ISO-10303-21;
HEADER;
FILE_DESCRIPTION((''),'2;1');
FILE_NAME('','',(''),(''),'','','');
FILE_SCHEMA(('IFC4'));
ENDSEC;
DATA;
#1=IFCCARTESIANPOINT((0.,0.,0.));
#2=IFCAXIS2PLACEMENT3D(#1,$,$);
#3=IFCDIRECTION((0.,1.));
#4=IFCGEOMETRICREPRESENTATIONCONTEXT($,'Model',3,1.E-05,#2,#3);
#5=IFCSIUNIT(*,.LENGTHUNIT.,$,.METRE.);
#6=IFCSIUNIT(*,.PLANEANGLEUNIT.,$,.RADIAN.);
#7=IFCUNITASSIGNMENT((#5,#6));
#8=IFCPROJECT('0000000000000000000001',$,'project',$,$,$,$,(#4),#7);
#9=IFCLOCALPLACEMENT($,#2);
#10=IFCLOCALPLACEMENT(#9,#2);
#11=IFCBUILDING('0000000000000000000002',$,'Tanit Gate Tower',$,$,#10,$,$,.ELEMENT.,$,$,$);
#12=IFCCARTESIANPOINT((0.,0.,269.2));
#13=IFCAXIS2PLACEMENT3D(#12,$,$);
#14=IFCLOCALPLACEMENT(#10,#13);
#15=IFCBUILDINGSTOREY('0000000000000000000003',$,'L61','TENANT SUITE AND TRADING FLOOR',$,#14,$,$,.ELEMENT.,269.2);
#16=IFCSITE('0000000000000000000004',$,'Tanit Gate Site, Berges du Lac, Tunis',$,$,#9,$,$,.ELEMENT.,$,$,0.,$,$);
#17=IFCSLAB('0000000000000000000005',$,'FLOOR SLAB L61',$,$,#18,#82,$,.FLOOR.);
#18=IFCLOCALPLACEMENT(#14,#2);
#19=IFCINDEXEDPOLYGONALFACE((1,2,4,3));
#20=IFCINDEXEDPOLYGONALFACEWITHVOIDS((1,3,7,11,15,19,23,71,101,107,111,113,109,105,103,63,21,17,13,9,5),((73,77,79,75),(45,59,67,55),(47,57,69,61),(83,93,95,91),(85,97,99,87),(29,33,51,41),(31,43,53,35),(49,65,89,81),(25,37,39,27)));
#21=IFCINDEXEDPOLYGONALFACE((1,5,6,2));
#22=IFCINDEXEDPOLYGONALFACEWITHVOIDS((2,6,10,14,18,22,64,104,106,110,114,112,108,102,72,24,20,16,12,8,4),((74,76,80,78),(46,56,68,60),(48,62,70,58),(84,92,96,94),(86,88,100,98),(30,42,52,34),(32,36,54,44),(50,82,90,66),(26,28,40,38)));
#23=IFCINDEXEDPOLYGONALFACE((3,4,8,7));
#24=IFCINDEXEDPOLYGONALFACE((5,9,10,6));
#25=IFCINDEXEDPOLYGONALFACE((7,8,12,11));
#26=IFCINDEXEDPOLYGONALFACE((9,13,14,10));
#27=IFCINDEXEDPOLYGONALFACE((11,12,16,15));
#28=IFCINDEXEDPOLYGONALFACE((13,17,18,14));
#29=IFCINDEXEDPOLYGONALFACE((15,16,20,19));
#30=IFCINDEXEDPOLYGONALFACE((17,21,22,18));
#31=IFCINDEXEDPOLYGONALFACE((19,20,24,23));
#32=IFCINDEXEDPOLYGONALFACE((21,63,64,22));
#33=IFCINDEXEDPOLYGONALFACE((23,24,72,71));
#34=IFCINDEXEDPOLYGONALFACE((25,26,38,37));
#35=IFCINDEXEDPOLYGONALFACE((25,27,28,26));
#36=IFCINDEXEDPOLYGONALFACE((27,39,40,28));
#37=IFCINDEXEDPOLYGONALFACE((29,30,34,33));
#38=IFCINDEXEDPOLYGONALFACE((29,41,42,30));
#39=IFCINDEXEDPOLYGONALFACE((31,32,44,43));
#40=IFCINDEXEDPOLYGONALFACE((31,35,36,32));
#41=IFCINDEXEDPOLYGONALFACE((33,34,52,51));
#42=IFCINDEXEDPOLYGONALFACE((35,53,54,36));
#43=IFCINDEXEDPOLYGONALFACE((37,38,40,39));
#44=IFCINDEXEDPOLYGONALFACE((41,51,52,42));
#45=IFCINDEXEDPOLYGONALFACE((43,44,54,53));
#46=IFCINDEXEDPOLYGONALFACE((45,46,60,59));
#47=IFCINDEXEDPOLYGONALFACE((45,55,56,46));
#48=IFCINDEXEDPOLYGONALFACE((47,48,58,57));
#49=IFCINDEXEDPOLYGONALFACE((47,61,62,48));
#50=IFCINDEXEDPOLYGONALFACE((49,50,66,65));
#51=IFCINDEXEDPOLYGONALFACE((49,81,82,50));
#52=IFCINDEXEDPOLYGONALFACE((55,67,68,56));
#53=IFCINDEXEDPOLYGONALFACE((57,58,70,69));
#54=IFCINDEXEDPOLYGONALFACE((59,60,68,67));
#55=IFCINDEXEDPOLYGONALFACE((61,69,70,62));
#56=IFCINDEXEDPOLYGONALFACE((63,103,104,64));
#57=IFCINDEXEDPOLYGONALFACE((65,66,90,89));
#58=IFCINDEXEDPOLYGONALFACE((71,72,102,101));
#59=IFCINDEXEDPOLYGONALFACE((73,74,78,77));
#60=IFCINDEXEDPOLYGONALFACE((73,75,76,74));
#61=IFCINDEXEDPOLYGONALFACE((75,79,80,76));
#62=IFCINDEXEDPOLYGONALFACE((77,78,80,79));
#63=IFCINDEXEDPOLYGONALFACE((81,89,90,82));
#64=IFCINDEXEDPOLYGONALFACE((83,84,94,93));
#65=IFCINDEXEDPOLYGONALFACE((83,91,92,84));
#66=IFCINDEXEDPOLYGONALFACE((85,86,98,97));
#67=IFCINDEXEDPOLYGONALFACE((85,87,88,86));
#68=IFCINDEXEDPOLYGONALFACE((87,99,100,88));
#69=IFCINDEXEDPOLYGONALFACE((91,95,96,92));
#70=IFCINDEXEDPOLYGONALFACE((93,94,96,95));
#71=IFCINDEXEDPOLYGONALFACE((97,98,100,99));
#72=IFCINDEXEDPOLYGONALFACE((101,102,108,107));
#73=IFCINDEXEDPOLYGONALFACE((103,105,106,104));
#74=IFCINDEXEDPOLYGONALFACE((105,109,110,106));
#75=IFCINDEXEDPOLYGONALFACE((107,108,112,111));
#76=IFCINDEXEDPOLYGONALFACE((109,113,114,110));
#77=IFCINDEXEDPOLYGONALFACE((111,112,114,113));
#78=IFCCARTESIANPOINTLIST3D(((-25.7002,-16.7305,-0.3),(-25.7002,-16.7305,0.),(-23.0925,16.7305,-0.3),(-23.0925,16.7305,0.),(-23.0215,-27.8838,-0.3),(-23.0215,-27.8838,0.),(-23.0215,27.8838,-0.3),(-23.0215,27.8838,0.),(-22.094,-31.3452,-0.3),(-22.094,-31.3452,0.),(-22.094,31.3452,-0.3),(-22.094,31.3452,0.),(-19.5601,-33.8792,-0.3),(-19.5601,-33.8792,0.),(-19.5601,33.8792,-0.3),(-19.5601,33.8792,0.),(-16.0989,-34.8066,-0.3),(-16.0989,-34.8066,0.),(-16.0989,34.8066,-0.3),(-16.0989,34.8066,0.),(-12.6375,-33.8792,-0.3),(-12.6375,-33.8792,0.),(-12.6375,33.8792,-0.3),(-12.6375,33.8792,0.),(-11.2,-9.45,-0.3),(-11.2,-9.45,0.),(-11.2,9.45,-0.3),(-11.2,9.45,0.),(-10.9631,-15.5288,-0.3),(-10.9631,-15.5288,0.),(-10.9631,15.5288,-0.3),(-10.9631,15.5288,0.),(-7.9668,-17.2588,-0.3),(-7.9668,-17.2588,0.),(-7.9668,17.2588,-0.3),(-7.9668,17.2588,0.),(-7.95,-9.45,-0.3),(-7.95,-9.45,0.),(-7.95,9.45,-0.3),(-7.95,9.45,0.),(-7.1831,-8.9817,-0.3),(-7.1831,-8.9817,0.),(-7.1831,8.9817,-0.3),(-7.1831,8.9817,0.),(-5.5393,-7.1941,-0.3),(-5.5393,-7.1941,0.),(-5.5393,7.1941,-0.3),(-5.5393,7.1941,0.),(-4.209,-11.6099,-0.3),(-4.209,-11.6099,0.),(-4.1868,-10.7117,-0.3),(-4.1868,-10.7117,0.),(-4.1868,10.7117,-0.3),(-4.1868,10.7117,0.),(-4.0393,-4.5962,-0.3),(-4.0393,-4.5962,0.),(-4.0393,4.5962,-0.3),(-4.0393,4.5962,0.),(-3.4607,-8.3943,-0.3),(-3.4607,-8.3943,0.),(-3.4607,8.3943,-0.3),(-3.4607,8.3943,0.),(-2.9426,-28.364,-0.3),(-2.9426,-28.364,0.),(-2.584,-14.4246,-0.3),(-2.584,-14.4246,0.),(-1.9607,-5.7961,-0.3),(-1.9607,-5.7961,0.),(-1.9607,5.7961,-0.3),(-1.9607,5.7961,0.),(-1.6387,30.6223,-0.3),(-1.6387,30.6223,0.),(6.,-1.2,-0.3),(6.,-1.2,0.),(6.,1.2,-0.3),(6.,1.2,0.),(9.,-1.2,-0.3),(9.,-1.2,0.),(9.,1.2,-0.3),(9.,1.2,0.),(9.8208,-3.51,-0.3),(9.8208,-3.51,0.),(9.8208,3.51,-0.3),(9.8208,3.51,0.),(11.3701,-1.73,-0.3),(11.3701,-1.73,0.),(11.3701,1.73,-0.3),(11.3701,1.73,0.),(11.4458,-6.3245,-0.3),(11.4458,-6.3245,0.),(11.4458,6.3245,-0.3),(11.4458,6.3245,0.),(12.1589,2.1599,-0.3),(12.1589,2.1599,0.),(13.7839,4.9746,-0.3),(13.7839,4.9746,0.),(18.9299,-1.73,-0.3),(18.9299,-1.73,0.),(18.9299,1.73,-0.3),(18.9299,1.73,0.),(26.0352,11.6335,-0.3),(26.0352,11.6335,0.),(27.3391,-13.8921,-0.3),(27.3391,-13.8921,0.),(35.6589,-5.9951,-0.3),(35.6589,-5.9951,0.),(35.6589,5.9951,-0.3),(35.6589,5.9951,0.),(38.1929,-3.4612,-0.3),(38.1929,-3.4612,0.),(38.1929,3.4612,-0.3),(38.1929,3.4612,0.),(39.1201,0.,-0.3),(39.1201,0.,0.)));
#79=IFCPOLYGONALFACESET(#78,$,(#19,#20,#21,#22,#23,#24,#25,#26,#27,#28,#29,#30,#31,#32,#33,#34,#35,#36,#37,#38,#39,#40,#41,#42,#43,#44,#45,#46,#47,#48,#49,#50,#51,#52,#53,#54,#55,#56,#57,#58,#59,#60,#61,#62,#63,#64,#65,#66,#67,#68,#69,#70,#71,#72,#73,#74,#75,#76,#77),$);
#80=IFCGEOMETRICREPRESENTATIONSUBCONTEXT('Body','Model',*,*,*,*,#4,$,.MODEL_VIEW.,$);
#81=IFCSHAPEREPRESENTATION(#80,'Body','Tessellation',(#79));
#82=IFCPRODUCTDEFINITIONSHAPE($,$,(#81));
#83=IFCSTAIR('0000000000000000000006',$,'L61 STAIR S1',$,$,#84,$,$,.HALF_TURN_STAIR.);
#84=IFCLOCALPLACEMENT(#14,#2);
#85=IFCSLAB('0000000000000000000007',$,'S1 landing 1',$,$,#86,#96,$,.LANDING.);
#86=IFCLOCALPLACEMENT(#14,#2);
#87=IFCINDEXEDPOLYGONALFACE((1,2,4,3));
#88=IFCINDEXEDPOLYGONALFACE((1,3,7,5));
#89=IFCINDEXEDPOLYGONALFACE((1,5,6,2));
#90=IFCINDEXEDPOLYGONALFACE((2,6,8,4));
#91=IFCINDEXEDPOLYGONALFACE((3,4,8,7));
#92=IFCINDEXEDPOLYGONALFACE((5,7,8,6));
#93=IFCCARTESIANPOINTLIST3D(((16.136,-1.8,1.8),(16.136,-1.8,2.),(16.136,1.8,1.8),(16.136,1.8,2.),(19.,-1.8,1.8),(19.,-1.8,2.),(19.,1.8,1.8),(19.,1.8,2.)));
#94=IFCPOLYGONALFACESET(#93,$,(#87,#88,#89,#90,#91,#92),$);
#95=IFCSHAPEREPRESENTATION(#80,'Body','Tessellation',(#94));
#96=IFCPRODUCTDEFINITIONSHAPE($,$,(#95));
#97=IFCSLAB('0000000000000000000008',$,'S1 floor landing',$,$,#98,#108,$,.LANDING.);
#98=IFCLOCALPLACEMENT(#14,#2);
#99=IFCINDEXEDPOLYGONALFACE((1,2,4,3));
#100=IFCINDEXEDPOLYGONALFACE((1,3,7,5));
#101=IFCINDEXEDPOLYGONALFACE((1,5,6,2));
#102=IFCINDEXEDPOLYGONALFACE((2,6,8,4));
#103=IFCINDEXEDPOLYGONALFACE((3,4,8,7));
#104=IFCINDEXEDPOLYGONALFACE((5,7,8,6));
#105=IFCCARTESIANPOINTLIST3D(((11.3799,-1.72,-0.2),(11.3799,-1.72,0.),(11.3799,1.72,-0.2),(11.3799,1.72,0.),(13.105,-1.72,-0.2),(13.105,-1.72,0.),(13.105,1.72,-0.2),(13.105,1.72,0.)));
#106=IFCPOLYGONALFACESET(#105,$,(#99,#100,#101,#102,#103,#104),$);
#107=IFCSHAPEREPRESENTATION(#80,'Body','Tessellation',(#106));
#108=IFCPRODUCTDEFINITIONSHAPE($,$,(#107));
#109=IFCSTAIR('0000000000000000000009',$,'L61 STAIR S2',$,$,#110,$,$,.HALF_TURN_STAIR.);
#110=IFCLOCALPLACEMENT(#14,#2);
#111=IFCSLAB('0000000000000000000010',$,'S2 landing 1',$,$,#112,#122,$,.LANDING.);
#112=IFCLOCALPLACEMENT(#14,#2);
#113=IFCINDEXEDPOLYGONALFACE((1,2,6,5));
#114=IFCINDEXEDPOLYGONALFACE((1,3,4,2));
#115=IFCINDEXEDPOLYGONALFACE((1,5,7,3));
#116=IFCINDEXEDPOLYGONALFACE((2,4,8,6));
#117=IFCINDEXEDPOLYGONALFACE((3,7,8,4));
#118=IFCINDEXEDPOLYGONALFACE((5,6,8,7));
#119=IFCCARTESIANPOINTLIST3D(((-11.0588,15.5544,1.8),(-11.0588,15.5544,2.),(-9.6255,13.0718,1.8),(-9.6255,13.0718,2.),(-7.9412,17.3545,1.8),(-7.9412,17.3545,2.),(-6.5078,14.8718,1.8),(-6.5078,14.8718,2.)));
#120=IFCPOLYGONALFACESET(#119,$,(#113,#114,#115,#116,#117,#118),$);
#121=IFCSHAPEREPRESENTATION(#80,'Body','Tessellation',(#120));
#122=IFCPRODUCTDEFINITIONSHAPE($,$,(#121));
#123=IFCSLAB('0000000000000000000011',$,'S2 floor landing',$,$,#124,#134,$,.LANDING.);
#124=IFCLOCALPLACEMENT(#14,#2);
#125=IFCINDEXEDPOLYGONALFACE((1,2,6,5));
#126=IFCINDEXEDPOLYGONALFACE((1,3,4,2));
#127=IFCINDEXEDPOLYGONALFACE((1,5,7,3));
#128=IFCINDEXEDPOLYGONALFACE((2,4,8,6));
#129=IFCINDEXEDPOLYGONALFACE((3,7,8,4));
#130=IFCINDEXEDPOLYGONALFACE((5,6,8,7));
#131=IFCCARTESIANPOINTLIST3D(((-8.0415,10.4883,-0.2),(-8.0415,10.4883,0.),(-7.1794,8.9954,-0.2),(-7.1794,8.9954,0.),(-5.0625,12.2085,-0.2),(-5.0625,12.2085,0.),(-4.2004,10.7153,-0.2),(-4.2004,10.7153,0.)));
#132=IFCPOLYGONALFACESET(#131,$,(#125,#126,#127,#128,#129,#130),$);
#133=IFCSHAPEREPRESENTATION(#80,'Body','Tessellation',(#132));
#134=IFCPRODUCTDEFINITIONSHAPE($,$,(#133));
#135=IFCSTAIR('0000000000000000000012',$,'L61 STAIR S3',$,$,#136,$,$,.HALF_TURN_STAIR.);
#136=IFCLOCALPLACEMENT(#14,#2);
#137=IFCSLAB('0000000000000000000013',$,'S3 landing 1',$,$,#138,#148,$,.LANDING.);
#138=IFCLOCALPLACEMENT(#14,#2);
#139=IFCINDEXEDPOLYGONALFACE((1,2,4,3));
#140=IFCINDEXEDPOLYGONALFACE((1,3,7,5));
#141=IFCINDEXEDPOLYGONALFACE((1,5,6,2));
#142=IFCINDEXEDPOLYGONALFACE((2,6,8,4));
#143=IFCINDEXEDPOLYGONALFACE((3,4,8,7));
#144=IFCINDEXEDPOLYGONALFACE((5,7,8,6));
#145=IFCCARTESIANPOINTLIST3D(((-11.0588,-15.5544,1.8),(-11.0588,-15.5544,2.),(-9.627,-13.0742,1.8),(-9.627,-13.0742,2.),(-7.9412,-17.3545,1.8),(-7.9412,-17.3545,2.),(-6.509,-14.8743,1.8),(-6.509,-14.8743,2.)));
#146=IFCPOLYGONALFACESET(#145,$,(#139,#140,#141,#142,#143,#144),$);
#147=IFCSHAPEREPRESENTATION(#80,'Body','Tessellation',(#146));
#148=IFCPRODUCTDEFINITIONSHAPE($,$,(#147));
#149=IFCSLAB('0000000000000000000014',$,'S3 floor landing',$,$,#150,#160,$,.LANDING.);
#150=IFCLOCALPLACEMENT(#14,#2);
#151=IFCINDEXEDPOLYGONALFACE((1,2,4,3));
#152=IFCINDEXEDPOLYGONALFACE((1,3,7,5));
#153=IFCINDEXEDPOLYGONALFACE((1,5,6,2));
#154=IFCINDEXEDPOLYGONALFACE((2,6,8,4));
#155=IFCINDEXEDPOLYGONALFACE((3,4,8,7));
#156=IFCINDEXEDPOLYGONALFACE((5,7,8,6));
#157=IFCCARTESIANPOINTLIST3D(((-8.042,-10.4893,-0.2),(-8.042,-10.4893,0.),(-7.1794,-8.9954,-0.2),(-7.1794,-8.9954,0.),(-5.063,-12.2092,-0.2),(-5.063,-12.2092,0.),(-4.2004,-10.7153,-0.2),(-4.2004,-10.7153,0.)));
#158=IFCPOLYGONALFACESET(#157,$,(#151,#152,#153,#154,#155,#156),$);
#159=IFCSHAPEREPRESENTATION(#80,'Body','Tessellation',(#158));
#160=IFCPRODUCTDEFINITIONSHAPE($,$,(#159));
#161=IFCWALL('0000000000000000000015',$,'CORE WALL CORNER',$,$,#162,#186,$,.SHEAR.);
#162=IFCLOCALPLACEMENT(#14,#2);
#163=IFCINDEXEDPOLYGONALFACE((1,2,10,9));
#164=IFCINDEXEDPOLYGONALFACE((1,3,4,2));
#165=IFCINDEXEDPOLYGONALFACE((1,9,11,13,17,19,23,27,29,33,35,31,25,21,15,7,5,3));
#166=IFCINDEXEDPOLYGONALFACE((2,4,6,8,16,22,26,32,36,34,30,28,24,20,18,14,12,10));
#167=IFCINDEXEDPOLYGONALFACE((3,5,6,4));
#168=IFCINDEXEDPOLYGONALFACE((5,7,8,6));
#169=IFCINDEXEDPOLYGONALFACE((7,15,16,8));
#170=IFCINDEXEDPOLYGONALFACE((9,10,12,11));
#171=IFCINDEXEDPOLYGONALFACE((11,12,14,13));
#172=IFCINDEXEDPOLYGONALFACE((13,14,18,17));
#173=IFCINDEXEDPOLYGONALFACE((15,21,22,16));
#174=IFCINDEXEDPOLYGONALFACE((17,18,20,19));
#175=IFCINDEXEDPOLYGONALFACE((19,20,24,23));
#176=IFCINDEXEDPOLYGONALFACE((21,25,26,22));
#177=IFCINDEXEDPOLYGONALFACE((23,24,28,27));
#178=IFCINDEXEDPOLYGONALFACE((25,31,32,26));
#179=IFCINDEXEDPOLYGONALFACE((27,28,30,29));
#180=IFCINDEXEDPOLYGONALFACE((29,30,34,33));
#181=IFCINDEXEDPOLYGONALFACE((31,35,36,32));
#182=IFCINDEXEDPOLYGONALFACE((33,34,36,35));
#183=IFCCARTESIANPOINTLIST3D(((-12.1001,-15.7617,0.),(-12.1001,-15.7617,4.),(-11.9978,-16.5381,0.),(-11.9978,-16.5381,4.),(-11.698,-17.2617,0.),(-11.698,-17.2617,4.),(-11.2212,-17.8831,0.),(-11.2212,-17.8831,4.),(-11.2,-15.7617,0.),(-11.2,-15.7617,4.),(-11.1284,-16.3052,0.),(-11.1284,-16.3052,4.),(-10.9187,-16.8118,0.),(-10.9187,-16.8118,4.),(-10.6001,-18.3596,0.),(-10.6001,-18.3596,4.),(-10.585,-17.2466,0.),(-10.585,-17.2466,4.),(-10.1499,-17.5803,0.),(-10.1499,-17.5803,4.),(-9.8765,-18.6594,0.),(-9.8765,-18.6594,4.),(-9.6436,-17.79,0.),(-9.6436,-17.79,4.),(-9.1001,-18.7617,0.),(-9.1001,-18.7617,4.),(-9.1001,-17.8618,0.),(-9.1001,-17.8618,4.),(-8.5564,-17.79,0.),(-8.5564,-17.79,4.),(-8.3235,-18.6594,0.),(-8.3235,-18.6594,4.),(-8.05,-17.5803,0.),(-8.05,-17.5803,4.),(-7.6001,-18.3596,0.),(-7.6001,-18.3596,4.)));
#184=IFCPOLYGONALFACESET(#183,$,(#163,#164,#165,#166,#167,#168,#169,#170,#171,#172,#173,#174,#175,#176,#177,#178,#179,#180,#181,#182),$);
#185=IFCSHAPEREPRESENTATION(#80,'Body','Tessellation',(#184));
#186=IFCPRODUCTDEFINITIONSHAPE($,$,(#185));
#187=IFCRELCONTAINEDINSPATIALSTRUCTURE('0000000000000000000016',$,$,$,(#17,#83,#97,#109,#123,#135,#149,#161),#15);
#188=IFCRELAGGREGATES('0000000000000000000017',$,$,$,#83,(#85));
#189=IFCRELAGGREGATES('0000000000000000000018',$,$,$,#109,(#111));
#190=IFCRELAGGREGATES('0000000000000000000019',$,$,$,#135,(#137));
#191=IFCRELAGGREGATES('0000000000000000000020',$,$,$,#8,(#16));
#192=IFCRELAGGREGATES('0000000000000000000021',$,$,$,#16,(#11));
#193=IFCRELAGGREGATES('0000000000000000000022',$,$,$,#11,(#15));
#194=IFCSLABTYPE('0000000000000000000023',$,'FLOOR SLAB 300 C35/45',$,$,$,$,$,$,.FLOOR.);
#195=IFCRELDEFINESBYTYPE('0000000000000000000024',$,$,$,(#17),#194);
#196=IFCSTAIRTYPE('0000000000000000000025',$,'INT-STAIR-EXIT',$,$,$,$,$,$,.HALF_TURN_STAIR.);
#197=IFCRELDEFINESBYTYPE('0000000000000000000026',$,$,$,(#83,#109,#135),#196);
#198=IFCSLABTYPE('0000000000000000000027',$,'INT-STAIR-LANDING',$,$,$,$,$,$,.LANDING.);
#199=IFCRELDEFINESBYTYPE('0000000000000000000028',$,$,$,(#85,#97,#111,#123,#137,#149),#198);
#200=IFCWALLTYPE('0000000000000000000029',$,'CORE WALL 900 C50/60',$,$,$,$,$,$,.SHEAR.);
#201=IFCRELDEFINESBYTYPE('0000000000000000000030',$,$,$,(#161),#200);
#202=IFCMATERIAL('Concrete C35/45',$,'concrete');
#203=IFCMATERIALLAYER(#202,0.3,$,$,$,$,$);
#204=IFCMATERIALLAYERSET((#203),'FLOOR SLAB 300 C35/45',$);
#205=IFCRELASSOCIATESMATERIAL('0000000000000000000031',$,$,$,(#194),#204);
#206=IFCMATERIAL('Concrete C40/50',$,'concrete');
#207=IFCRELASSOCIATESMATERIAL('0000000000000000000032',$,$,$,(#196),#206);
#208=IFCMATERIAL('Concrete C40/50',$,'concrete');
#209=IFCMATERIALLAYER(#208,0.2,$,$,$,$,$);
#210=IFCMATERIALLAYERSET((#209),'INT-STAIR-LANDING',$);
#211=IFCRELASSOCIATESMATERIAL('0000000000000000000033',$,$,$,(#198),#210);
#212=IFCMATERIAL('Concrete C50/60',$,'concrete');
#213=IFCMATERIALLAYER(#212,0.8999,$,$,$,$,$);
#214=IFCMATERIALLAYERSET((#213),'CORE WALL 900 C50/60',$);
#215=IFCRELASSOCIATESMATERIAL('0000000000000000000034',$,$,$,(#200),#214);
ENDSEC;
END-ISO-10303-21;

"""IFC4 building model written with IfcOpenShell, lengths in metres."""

from ifc_helpers import new_model, si_unit, direction, frame, origin, place, context, subcontext, project, spatial, polyline, outline, extrude, material, layer, layer_set, type_object, element, aggregate, save


model = new_model("IFC4")

# Units and contexts
model_context = context("Model", 3, precision=1e-05, world=origin(), true_north=direction((0.0, 1.0)))
body_context = subcontext(model_context, "Body", "Model", "MODEL_VIEW")
ifc_project = project(units=[si_unit("LENGTHUNIT", "METRE"), si_unit("PLANEANGLEUNIT", "RADIAN")], contexts=[model_context])

# Site, building, storey
site_placement = place(None, origin())
site = spatial("IfcSite", under=ifc_project, at=site_placement, Name="Tanit Gate Site, Berges du Lac, Tunis", CompositionType="ELEMENT", RefElevation=0.0)
building_placement = place(site_placement, origin())
building = spatial("IfcBuilding", under=site, at=building_placement, Name="Tanit Gate Tower", CompositionType="ELEMENT")
storey_placement = place(building_placement, frame((0.0, 0.0, 269.2)))
storey = spatial("IfcBuildingStorey", under=building, at=storey_placement, Name="L61", Description="TENANT SUITE AND TRADING FLOOR", CompositionType="ELEMENT", Elevation=269.2)

# Slab
ifc_material_1 = material(Name="Concrete C35/45", Category="concrete")
ifc_layer_1 = layer(ifc_material_1, 0.3)
ifc_layer_set_1 = layer_set([ifc_layer_1], Name="FLOOR SLAB 300 C35/45")
slab_type_1 = type_object("IfcSlabType", Name="FLOOR SLAB 300 C35/45", PredefinedType="FLOOR", material=ifc_layer_set_1)
slab_1_placement = place(storey_placement, frame((0.0, 0.0, -0.3)))
element("IfcSlab", 1, at=slab_1_placement, inside=storey, type_object=slab_type_1, Name="FLOOR SLAB L61", PredefinedType="FLOOR", context=body_context, shape_type="SweptSolid", body=[
    extrude(outline(polyline([(35.6589, 5.9951), (38.1929, 3.4612), (39.1201, 0.0), (38.1929, -3.4612), (35.6589, -5.9951), (27.3391, -13.8921), (-2.9426, -28.364), (-12.6375, -33.8792), (-16.0989, -34.8066), (-19.5601, -33.8792), (-22.094, -31.3452), (-23.0215, -27.8838), (-25.7002, -16.7305), (-23.0925, 16.7305), (-23.0215, 27.8838), (-22.094, 31.3452), (-19.5601, 33.8792), (-16.0989, 34.8066), (-12.6375, 33.8792), (-1.6387, 30.6223), (26.0352, 11.6335), (35.6589, 5.9951)]), holes=[polyline([(11.3701, 1.73), (18.9299, 1.73), (18.9299, -1.73), (11.3701, -1.73), (11.3701, 1.73)]), polyline([(9.8208, 3.51), (11.4458, 6.3245), (13.7839, 4.9746), (12.1589, 2.1599), (9.8208, 3.51)]), polyline([(-4.209, -11.6099), (9.8208, -3.51), (11.4458, -6.3245), (-2.584, -14.4246), (-4.209, -11.6099)]), polyline([(6.0, 1.2), (9.0, 1.2), (9.0, -1.2), (6.0, -1.2), (6.0, 1.2)]), polyline([(-5.5393, 7.1941), (-3.4607, 8.3943), (-1.9607, 5.7961), (-4.0393, 4.5962), (-5.5393, 7.1941)]), polyline([(-1.9607, -5.7961), (-3.4607, -8.3943), (-5.5393, -7.1941), (-4.0393, -4.5962), (-1.9607, -5.7961)]), polyline([(-10.9631, 15.5288), (-7.9668, 17.2588), (-4.1868, 10.7117), (-7.1831, 8.9817), (-10.9631, 15.5288)]), polyline([(-4.1868, -10.7117), (-7.9668, -17.2588), (-10.9631, -15.5288), (-7.1831, -8.9817), (-4.1868, -10.7117)]), polyline([(-11.2, -9.45), (-11.2, 9.45), (-7.95, 9.45), (-7.95, -9.45), (-11.2, -9.45)])]), origin(), (0.0, 0.0, 1.0), 0.3),
])

# Stair, slab
ifc_material_2 = material(Name="Concrete C40/50", Category="concrete")
stair_type = type_object("IfcStairType", Name="INT-STAIR-EXIT", PredefinedType="HALF_TURN_STAIR", material=ifc_material_2)
stair_1_placement = place(storey_placement, origin())
stair_1 = element("IfcStair", 2, at=stair_1_placement, inside=storey, type_object=stair_type, Name="L61 STAIR S1", PredefinedType="HALF_TURN_STAIR")
ifc_material_3 = material(Name="Concrete C40/50", Category="concrete")
ifc_layer_2 = layer(ifc_material_3, 0.2)
ifc_layer_set_2 = layer_set([ifc_layer_2], Name="INT-STAIR-LANDING")
slab_type_2 = type_object("IfcSlabType", Name="INT-STAIR-LANDING", PredefinedType="LANDING", material=ifc_layer_set_2)
slab_2_placement = place(storey_placement, frame((0.0, 0.0, 1.8)))
slab_2 = element("IfcSlab", 3, at=slab_2_placement, type_object=slab_type_2, Name="S1 landing 1", PredefinedType="LANDING", context=body_context, shape_type="SweptSolid", body=[
    extrude(outline(polyline([(16.136, -1.8), (19.0, -1.8), (19.0, 1.8), (16.136, 1.8), (16.136, -1.8)])), origin(), (0.0, 0.0, 1.0), 0.2),
])
aggregate(stair_1, [slab_2])

# Slab
slab_3_placement = place(storey_placement, frame((0.0, 0.0, -0.2)))
element("IfcSlab", 4, at=slab_3_placement, inside=storey, type_object=slab_type_2, Name="S1 floor landing", PredefinedType="LANDING", context=body_context, shape_type="SweptSolid", body=[
    extrude(outline(polyline([(11.3799, -1.72), (13.105, -1.72), (13.105, 1.72), (11.3799, 1.72), (11.3799, -1.72)])), origin(), (0.0, 0.0, 1.0), 0.2),
])

# Stair, slab
stair_2_placement = place(storey_placement, origin())
stair_2 = element("IfcStair", 5, at=stair_2_placement, inside=storey, type_object=stair_type, Name="L61 STAIR S2", PredefinedType="HALF_TURN_STAIR")
slab_4_placement = place(storey_placement, frame((0.0, 0.0, 1.8)))
slab_4 = element("IfcSlab", 6, at=slab_4_placement, type_object=slab_type_2, Name="S2 landing 1", PredefinedType="LANDING", context=body_context, shape_type="SweptSolid", body=[
    extrude(outline(polyline([(-6.5078, 14.8718), (-7.9412, 17.3545), (-11.0588, 15.5544), (-9.6255, 13.0718), (-6.5078, 14.8718)])), origin(), (0.0, 0.0, 1.0), 0.2),
])
aggregate(stair_2, [slab_4])

# Slab
slab_5_placement = place(storey_placement, frame((0.0, 0.0, -0.2)))
element("IfcSlab", 7, at=slab_5_placement, inside=storey, type_object=slab_type_2, Name="S2 floor landing", PredefinedType="LANDING", context=body_context, shape_type="SweptSolid", body=[
    extrude(outline(polyline([(-4.2004, 10.7153), (-5.0625, 12.2085), (-8.0415, 10.4883), (-7.1794, 8.9954), (-4.2004, 10.7153)])), origin(), (0.0, 0.0, 1.0), 0.2),
])

# Stair, slab
stair_3_placement = place(storey_placement, origin())
stair_3 = element("IfcStair", 8, at=stair_3_placement, inside=storey, type_object=stair_type, Name="L61 STAIR S3", PredefinedType="HALF_TURN_STAIR")
slab_6_placement = place(storey_placement, frame((0.0, 0.0, 1.8)))
slab_6 = element("IfcSlab", 9, at=slab_6_placement, type_object=slab_type_2, Name="S3 landing 1", PredefinedType="LANDING", context=body_context, shape_type="SweptSolid", body=[
    extrude(outline(polyline([(-9.627, -13.0742), (-11.0588, -15.5544), (-7.9412, -17.3545), (-6.509, -14.8743), (-9.627, -13.0742)])), origin(), (0.0, 0.0, 1.0), 0.2),
])
aggregate(stair_3, [slab_6])

# Slab
slab_7_placement = place(storey_placement, frame((0.0, 0.0, -0.2)))
element("IfcSlab", 10, at=slab_7_placement, inside=storey, type_object=slab_type_2, Name="S3 floor landing", PredefinedType="LANDING", context=body_context, shape_type="SweptSolid", body=[
    extrude(outline(polyline([(-7.1794, -8.9954), (-8.042, -10.4893), (-5.063, -12.2092), (-4.2004, -10.7153), (-7.1794, -8.9954)])), origin(), (0.0, 0.0, 1.0), 0.2),
])

# Wall
ifc_material_4 = material(Name="Concrete C50/60", Category="concrete")
ifc_layer_3 = layer(ifc_material_4, 0.8999)
ifc_layer_set_3 = layer_set([ifc_layer_3], Name="CORE WALL 900 C50/60")
wall_type_1 = type_object("IfcWallType", Name="CORE WALL 900 C50/60", PredefinedType="SHEAR", material=ifc_layer_set_3)
wall_1_placement = place(storey_placement, origin())
element("IfcWall", 11, at=wall_1_placement, inside=storey, type_object=wall_type_1, Name="CORE WALL CORNER", PredefinedType="SHEAR", context=body_context, shape_type="SweptSolid", body=[
    extrude(outline(polyline([(-12.1001, -15.7617), (-11.9978, -16.5381), (-11.698, -17.2617), (-11.2212, -17.8831), (-10.6001, -18.3596), (-9.8765, -18.6594), (-9.1001, -18.7617), (-8.3235, -18.6594), (-7.6001, -18.3596), (-8.05, -17.5803), (-8.5564, -17.79), (-9.1001, -17.8618), (-9.6436, -17.79), (-10.1499, -17.5803), (-10.585, -17.2466), (-10.9187, -16.8118), (-11.1284, -16.3052), (-11.2, -15.7617), (-12.1001, -15.7617)])), origin(), (0.0, 0.0, 1.0), 4.0),
])

save(model, "model.ifc")
